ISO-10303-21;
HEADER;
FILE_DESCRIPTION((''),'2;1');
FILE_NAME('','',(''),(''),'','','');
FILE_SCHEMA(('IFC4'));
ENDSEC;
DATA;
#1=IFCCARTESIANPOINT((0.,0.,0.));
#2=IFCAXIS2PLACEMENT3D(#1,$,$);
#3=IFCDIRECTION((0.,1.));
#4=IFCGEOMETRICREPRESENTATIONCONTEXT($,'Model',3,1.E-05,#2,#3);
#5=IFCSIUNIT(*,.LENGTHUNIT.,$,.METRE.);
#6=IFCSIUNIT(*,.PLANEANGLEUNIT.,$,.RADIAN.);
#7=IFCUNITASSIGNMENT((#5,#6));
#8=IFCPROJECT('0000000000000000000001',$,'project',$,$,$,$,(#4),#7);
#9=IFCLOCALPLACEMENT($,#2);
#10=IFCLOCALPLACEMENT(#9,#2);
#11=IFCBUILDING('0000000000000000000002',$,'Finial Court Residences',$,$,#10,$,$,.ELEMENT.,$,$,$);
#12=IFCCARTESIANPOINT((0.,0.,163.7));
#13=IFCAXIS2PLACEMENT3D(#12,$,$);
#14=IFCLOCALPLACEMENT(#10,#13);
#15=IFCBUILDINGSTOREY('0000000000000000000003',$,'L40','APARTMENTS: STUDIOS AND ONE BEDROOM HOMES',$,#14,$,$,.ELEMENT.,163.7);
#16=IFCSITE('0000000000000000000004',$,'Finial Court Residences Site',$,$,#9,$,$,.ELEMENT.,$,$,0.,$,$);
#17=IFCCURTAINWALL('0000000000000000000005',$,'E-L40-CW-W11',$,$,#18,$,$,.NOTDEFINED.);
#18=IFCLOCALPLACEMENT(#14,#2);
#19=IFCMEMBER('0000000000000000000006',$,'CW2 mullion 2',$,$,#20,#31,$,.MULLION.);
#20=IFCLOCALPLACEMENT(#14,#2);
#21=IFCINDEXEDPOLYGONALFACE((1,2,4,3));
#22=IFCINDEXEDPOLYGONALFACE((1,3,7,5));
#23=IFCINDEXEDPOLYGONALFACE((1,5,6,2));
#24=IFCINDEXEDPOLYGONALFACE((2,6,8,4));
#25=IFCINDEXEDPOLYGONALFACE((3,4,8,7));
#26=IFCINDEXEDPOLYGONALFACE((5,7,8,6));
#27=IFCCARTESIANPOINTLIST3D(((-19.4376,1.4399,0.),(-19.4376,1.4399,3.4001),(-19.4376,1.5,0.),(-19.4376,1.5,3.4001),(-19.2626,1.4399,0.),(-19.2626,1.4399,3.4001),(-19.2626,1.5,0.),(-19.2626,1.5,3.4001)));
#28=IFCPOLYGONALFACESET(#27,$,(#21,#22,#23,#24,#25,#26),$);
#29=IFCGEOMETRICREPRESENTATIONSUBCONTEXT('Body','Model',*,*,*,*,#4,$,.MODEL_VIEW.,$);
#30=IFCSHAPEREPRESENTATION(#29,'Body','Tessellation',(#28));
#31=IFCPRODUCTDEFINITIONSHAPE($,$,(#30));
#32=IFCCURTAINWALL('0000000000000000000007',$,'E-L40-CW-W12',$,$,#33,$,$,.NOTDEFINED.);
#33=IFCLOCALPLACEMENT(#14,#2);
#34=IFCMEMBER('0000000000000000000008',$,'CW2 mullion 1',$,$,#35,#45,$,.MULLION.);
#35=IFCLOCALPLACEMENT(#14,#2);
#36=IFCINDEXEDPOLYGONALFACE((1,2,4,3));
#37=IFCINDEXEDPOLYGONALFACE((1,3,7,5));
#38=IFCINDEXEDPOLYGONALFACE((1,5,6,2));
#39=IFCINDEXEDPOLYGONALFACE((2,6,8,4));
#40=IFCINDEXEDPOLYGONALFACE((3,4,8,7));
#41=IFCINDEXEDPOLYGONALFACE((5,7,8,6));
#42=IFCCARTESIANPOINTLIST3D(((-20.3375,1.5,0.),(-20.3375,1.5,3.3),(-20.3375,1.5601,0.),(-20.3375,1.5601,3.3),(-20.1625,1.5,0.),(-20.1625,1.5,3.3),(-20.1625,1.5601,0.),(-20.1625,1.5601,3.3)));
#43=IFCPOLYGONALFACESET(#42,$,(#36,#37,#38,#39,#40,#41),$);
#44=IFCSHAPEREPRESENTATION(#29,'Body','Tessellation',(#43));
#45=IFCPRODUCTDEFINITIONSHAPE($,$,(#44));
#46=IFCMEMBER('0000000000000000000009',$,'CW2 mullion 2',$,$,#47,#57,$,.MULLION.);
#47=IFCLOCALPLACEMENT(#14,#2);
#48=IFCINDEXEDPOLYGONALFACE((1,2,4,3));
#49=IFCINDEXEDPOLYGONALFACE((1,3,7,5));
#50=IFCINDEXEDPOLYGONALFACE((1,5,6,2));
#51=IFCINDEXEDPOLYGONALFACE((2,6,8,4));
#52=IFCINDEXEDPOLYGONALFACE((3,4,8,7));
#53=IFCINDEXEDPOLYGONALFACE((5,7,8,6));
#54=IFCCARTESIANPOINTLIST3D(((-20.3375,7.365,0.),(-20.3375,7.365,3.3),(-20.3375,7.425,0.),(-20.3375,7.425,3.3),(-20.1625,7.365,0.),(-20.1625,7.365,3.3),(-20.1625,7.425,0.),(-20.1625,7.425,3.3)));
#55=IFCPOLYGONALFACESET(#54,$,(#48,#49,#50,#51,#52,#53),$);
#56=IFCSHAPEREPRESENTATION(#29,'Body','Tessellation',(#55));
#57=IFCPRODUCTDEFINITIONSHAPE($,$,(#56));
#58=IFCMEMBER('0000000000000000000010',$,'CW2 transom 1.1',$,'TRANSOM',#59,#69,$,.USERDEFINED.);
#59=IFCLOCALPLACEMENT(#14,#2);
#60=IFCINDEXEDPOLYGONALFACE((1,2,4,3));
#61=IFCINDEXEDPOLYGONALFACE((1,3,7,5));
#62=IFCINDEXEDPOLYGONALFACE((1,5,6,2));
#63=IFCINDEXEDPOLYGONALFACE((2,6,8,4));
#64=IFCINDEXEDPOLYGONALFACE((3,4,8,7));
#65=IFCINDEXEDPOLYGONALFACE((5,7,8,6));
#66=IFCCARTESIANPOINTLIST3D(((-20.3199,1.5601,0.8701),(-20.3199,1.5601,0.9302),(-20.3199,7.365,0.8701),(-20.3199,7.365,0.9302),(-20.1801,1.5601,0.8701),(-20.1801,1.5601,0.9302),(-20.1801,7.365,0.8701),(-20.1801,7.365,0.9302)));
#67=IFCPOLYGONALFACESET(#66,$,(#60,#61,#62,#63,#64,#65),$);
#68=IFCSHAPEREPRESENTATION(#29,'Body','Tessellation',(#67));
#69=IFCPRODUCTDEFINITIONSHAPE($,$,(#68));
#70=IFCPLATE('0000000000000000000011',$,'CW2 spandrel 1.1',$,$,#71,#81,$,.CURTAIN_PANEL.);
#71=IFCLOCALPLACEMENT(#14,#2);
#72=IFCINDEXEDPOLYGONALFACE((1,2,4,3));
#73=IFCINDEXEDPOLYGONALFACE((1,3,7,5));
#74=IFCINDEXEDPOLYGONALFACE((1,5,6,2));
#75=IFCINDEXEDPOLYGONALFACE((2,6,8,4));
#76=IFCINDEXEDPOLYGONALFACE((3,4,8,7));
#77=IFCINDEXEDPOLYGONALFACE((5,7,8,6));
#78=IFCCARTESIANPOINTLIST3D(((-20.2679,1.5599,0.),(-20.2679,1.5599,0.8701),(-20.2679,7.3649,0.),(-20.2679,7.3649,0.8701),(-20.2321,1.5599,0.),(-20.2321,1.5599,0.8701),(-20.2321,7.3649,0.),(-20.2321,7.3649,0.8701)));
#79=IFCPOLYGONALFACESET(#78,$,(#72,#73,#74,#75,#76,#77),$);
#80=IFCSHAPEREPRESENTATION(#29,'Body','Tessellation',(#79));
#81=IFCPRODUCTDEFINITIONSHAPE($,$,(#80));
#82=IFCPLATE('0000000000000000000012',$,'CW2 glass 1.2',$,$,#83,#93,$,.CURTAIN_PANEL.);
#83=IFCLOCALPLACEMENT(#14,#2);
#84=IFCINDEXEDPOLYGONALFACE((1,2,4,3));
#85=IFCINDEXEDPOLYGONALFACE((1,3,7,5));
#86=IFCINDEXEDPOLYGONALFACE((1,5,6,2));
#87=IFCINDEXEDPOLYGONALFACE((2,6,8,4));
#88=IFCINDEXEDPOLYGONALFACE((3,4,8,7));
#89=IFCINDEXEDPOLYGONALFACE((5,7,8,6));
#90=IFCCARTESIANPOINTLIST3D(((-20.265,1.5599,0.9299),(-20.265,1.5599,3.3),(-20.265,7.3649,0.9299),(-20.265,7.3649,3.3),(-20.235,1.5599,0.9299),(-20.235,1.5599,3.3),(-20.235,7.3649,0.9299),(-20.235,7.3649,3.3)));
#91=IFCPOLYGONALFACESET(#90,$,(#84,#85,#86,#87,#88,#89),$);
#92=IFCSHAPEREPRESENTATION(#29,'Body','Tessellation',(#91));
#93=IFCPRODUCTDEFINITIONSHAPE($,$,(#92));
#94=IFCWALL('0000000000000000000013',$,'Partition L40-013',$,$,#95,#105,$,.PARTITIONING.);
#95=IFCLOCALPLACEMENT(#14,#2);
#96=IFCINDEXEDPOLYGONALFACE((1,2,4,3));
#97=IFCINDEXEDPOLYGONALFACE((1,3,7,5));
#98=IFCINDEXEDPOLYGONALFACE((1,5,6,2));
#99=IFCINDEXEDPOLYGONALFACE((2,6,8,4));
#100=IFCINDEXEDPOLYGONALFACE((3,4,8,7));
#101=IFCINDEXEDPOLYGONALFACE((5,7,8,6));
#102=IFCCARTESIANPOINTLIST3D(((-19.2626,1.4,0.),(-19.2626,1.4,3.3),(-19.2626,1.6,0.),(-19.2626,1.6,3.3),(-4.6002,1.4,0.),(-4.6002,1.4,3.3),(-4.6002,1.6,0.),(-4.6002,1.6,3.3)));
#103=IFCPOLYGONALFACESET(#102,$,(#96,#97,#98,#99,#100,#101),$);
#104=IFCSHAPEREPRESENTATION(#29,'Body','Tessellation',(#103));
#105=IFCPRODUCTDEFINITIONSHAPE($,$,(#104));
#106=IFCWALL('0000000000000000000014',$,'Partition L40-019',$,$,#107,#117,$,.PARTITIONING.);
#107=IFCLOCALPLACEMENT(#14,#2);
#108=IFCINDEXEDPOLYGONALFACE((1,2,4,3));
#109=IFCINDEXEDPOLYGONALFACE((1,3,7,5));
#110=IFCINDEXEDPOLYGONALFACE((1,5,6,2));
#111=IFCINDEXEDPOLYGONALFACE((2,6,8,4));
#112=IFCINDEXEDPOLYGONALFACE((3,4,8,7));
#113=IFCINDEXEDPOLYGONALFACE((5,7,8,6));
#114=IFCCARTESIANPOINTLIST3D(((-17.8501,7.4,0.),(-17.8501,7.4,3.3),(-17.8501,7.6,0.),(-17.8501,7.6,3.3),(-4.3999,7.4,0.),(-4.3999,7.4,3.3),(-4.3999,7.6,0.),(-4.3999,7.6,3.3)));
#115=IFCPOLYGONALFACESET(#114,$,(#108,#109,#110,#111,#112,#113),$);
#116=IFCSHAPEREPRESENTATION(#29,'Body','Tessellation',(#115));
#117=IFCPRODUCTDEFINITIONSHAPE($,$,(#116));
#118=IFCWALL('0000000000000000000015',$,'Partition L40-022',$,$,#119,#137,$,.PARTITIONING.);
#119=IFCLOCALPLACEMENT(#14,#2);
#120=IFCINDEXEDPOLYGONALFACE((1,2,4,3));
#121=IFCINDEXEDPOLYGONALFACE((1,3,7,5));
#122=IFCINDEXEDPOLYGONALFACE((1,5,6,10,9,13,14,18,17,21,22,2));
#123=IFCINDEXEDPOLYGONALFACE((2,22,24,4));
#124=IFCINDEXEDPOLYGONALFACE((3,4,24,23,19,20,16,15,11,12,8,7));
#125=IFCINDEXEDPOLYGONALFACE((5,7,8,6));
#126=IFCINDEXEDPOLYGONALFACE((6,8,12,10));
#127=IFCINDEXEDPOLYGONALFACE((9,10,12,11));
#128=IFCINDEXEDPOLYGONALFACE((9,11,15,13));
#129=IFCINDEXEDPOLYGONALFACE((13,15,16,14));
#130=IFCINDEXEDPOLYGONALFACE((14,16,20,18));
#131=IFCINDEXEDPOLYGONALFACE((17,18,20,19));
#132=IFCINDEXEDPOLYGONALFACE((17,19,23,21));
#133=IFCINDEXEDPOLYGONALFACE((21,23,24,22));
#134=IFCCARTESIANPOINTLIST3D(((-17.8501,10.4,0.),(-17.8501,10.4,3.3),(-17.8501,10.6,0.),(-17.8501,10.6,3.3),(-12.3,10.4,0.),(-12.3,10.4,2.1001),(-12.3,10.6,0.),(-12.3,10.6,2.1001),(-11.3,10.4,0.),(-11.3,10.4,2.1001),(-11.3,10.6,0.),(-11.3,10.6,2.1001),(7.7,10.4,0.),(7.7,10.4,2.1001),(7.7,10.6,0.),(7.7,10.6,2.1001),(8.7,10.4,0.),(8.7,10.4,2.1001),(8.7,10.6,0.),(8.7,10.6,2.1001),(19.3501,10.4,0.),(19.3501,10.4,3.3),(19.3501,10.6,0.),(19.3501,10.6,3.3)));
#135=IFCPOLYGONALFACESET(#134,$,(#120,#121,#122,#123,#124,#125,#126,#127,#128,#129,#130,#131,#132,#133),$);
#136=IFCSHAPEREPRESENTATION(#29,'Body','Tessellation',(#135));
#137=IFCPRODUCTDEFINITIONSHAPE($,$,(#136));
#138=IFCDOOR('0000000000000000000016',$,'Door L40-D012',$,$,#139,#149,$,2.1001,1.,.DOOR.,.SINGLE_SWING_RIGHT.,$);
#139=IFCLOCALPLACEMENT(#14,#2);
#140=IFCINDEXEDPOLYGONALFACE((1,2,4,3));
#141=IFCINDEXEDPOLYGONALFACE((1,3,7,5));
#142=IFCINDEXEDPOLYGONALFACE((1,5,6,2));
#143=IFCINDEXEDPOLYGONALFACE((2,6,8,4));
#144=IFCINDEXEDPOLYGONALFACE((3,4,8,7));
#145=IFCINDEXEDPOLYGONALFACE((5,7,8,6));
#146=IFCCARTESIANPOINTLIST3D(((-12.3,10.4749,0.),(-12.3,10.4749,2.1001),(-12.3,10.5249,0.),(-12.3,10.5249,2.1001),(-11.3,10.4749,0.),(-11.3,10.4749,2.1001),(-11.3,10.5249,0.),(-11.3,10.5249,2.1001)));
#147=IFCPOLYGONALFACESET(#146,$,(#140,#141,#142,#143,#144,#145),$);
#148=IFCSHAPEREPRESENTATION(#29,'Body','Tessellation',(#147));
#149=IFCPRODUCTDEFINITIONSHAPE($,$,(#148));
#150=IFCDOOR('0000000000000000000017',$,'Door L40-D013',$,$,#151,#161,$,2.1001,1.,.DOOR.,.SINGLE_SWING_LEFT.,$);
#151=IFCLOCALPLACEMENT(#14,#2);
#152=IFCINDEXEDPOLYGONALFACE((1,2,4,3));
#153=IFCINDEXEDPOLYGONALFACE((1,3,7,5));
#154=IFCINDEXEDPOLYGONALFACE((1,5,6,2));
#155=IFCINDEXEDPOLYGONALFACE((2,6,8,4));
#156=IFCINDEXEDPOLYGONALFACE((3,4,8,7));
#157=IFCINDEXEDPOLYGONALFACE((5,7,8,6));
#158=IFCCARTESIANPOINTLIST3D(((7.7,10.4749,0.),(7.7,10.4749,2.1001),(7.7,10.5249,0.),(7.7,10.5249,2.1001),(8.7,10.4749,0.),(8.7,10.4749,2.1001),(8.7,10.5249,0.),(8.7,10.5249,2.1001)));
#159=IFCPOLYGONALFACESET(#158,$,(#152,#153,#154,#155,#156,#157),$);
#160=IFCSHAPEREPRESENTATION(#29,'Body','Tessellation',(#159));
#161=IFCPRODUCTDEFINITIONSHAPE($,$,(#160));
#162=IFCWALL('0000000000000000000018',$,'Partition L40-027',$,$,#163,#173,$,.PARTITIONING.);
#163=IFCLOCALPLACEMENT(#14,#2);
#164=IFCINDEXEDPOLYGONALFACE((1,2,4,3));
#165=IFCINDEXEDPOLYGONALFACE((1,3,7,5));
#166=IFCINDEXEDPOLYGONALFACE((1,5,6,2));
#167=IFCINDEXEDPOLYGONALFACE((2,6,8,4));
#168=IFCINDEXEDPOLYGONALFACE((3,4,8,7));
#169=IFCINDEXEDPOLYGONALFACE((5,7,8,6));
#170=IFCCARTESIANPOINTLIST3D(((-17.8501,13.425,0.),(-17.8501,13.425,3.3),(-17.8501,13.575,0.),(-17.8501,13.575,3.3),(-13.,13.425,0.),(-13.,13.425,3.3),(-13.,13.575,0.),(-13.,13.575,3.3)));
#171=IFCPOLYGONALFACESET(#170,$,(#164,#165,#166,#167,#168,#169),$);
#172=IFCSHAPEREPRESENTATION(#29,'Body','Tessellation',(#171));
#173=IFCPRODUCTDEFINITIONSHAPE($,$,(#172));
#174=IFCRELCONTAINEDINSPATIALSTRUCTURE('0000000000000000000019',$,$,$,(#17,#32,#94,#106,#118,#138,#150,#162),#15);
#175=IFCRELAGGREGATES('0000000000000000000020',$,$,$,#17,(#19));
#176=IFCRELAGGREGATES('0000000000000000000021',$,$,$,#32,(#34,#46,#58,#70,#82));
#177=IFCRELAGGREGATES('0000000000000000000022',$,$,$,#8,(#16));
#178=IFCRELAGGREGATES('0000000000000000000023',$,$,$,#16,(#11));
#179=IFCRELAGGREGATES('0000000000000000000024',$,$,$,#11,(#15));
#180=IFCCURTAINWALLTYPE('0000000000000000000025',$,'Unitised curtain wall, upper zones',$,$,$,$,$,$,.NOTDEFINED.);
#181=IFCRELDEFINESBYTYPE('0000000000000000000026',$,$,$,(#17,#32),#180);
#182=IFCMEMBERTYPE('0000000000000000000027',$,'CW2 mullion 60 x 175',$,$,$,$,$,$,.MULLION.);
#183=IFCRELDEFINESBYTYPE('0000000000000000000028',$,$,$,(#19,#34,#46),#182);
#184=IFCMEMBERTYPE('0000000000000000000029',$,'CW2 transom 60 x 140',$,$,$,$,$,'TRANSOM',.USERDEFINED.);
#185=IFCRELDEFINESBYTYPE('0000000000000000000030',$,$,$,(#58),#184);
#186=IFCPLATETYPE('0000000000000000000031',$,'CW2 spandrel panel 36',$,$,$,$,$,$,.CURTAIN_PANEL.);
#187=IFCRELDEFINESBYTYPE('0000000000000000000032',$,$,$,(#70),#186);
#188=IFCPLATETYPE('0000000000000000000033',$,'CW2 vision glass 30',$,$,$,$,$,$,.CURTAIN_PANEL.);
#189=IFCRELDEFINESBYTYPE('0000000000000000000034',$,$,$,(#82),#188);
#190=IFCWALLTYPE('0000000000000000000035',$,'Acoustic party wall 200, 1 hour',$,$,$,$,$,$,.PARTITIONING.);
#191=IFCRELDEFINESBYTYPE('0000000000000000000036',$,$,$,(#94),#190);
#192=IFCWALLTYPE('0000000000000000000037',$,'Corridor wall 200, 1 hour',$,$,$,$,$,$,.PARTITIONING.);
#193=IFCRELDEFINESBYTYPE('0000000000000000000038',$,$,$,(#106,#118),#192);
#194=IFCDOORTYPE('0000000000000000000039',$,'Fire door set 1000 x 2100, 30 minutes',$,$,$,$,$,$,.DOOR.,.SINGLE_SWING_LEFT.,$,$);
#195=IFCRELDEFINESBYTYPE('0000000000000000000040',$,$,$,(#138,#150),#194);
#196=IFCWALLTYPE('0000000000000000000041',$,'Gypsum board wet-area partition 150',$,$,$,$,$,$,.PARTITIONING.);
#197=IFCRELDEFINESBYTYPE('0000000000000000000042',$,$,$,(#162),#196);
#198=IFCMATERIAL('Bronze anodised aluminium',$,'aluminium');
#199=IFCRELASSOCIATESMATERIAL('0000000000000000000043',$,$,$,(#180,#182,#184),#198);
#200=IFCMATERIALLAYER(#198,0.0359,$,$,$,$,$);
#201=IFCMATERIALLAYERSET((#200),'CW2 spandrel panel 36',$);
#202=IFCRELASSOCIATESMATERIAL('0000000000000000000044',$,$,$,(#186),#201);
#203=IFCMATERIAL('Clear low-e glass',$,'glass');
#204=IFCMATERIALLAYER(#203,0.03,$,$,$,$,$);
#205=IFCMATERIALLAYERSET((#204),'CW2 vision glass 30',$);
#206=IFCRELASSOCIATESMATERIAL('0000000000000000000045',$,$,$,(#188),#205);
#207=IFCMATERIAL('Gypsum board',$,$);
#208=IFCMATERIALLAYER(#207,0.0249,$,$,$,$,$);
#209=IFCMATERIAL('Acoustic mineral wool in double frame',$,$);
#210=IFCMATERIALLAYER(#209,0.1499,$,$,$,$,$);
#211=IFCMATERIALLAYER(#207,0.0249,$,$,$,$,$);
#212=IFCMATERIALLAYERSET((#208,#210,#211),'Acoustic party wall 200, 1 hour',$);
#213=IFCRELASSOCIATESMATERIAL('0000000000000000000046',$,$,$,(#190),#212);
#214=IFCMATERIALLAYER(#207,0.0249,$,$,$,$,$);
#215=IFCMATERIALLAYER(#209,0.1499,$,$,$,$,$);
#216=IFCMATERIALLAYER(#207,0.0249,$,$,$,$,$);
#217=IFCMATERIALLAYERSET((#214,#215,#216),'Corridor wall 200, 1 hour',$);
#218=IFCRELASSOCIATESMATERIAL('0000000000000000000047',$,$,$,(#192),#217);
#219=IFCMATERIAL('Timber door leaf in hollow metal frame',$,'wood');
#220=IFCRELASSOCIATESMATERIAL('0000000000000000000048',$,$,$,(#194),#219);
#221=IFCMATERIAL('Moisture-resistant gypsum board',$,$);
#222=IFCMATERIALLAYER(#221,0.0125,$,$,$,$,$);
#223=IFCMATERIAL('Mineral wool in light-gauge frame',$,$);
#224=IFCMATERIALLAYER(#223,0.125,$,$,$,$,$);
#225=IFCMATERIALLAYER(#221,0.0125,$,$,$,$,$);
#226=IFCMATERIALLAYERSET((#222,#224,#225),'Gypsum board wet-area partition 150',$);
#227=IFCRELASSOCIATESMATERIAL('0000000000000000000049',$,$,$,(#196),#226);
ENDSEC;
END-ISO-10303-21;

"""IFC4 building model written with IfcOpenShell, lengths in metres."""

from ifc_helpers import new_model, si_unit, direction, frame, frame_2d, origin, origin_2d, place, context, subcontext, project, spatial, rectangle, extrude, material, layer, layer_set, material_profile, profile_set, type_object, element, fill, aggregate, save


model = new_model("IFC4")

# Units and contexts
model_context = context("Model", 3, precision=1e-05, world=origin(), true_north=direction((0.0, 1.0)))
body_context = subcontext(model_context, "Body", "Model", "MODEL_VIEW")
ifc_project = project(units=[si_unit("LENGTHUNIT", "METRE"), si_unit("PLANEANGLEUNIT", "RADIAN")], contexts=[model_context])

# Site, building, storey
site_placement = place(None, origin())
site = spatial("IfcSite", under=ifc_project, at=site_placement, Name="Finial Court Residences Site", CompositionType="ELEMENT", RefElevation=0.0)
building_placement = place(site_placement, origin())
building = spatial("IfcBuilding", under=site, at=building_placement, Name="Finial Court Residences", CompositionType="ELEMENT")
storey_placement = place(building_placement, frame((0.0, 0.0, 163.7)))
storey = spatial("IfcBuildingStorey", under=building, at=storey_placement, Name="L40", Description="APARTMENTS: STUDIOS AND ONE BEDROOM HOMES", CompositionType="ELEMENT", Elevation=163.7)

# Curtain wall, member
ifc_material_1 = material(Name="Bronze anodised aluminium", Category="aluminium")
curtain_wall_type = type_object("IfcCurtainWallType", Name="Unitised curtain wall, upper zones", PredefinedType="NOTDEFINED", material=ifc_material_1)
curtain_wall_1_placement = place(storey_placement, origin())
curtain_wall_1 = element("IfcCurtainWall", 1, at=curtain_wall_1_placement, inside=storey, type_object=curtain_wall_type, Name="E-L40-CW-W11", PredefinedType="NOTDEFINED")
ifc_material_profile_1 = material_profile(ifc_material_1, rectangle(XDim=0.175, YDim=0.0601, at=origin_2d()), Name="CW2 mullion 60 x 175")
ifc_profile_set_1 = profile_set([ifc_material_profile_1], Name="Bronze anodised aluminium")
member_type_1 = type_object("IfcMemberType", Name="CW2 mullion 60 x 175", PredefinedType="MULLION", material=ifc_profile_set_1)
member_1_placement = place(storey_placement, frame((-19.3501, 1.47, 0.0), z_axis=(0.0, 0.0, 1.0), x_axis=(-1.0, 0.0, 0.0)))
member_1 = element("IfcMember", 2, at=member_1_placement, type_object=member_type_1, Name="CW2 mullion 2", PredefinedType="MULLION", context=body_context, shape_type="SweptSolid", body=[
    extrude(rectangle(XDim=0.175, YDim=0.0601, at=origin_2d()), origin(), (0.0, 0.0, 1.0), 3.4001),
])
aggregate(curtain_wall_1, [member_1])

# Curtain wall, members, plates
curtain_wall_2_placement = place(storey_placement, origin())
curtain_wall_2 = element("IfcCurtainWall", 3, at=curtain_wall_2_placement, inside=storey, type_object=curtain_wall_type, Name="E-L40-CW-W12", PredefinedType="NOTDEFINED")
member_2_placement = place(storey_placement, frame((-20.25, 1.53, 0.0), z_axis=(0.0, 0.0, 1.0), x_axis=(-1.0, 0.0, 0.0)))
member_2 = element("IfcMember", 4, at=member_2_placement, type_object=member_type_1, Name="CW2 mullion 1", PredefinedType="MULLION", context=body_context, shape_type="SweptSolid", body=[
    extrude(rectangle(XDim=0.175, YDim=0.0601, at=origin_2d()), origin(), (0.0, 0.0, 1.0), 3.3),
])
member_3_placement = place(storey_placement, frame((-20.25, 7.395, 0.0), z_axis=(0.0, 0.0, 1.0), x_axis=(-1.0, 0.0, 0.0)))
member_3 = element("IfcMember", 5, at=member_3_placement, type_object=member_type_1, Name="CW2 mullion 2", PredefinedType="MULLION", context=body_context, shape_type="SweptSolid", body=[
    extrude(rectangle(XDim=0.175, YDim=0.0601, at=origin_2d()), origin(), (0.0, 0.0, 1.0), 3.3),
])
ifc_material_profile_2 = material_profile(ifc_material_1, rectangle(XDim=0.1399, YDim=0.0601, at=origin_2d()), Name="CW2 transom 60 x 140")
ifc_profile_set_2 = profile_set([ifc_material_profile_2], Name="Bronze anodised aluminium")
member_type_2 = type_object("IfcMemberType", Name="CW2 transom 60 x 140", ElementType="TRANSOM", PredefinedType="USERDEFINED", material=ifc_profile_set_2)
member_4_placement = place(storey_placement, frame((-20.25, 1.5601, 0.9001), z_axis=(0.0, 1.0, 0.0), x_axis=(-1.0, 0.0, 0.0)))
member_4 = element("IfcMember", 6, at=member_4_placement, type_object=member_type_2, Name="CW2 transom 1.1", ObjectType="TRANSOM", PredefinedType="USERDEFINED", context=body_context, shape_type="SweptSolid", body=[
    extrude(rectangle(XDim=0.1399, YDim=0.0601, at=origin_2d()), origin(), (0.0, 0.0, 1.0), 5.8049),
])
ifc_layer_1 = layer(ifc_material_1, 0.0359)
ifc_layer_set_1 = layer_set([ifc_layer_1], Name="CW2 spandrel panel 36")
plate_type_1 = type_object("IfcPlateType", Name="CW2 spandrel panel 36", PredefinedType="CURTAIN_PANEL", material=ifc_layer_set_1)
plate_1_placement = place(storey_placement, frame((-20.25, 4.4624, 0.0), z_axis=(0.0, 0.0, 1.0), x_axis=(0.0, 1.0, 0.0)))
plate_1 = element("IfcPlate", 7, at=plate_1_placement, type_object=plate_type_1, Name="CW2 spandrel 1.1", PredefinedType="CURTAIN_PANEL", context=body_context, shape_type="SweptSolid", body=[
    extrude(rectangle(XDim=5.8049, YDim=0.0359, at=origin_2d()), origin(), (0.0, 0.0, 1.0), 0.8701),
])
ifc_material_2 = material(Name="Clear low-e glass", Category="glass")
ifc_layer_2 = layer(ifc_material_2, 0.03)
ifc_layer_set_2 = layer_set([ifc_layer_2], Name="CW2 vision glass 30")
plate_type_2 = type_object("IfcPlateType", Name="CW2 vision glass 30", PredefinedType="CURTAIN_PANEL", material=ifc_layer_set_2)
plate_2_placement = place(storey_placement, frame((-20.25, 4.4624, 0.9299), z_axis=(0.0, 0.0, 1.0), x_axis=(0.0, 1.0, 0.0)))
plate_2 = element("IfcPlate", 8, at=plate_2_placement, type_object=plate_type_2, Name="CW2 glass 1.2", PredefinedType="CURTAIN_PANEL", context=body_context, shape_type="SweptSolid", body=[
    extrude(rectangle(XDim=5.8049, YDim=0.03, at=origin_2d()), origin(), (0.0, 0.0, 1.0), 2.3701),
])
aggregate(curtain_wall_2, [member_2, member_3, member_4, plate_1, plate_2])

# Walls
ifc_material_3 = material(Name="Gypsum board")
ifc_layer_3 = layer(ifc_material_3, 0.0249)
ifc_material_4 = material(Name="Acoustic mineral wool in double frame")
ifc_layer_4 = layer(ifc_material_4, 0.1499)
ifc_layer_5 = layer(ifc_material_3, 0.0249)
ifc_layer_set_3 = layer_set([ifc_layer_3, ifc_layer_4, ifc_layer_5], Name="Acoustic party wall 200, 1 hour")
wall_type_1 = type_object("IfcWallType", Name="Acoustic party wall 200, 1 hour", PredefinedType="PARTITIONING", material=ifc_layer_set_3)
wall_1_placement = place(storey_placement, frame((-19.2625, 1.5, 0.0), z_axis=(0.0, 0.0, 1.0), x_axis=(1.0, 0.0, 0.0)))
element("IfcWall", 9, at=wall_1_placement, inside=storey, type_object=wall_type_1, Name="Partition L40-013", PredefinedType="PARTITIONING", context=body_context, shape_type="SweptSolid", body=[
    extrude(rectangle(XDim=14.6624, YDim=0.2, at=frame_2d((7.3311, 0.0))), origin(), (0.0, 0.0, 1.0), 3.3),
])
ifc_layer_6 = layer(ifc_material_3, 0.0249)
ifc_layer_7 = layer(ifc_material_4, 0.1499)
ifc_layer_8 = layer(ifc_material_3, 0.0249)
ifc_layer_set_4 = layer_set([ifc_layer_6, ifc_layer_7, ifc_layer_8], Name="Corridor wall 200, 1 hour")
wall_type_2 = type_object("IfcWallType", Name="Corridor wall 200, 1 hour", PredefinedType="PARTITIONING", material=ifc_layer_set_4)
wall_2_placement = place(storey_placement, frame((-17.8501, 7.5, 0.0), z_axis=(0.0, 0.0, 1.0), x_axis=(1.0, 0.0, 0.0)))
element("IfcWall", 10, at=wall_2_placement, inside=storey, type_object=wall_type_2, Name="Partition L40-019", PredefinedType="PARTITIONING", context=body_context, shape_type="SweptSolid", body=[
    extrude(rectangle(XDim=13.4502, YDim=0.2, at=frame_2d((6.7251, 0.0))), origin(), (0.0, 0.0, 1.0), 3.3),
])

# Wall, openings, doors
wall_3_placement = place(storey_placement, frame((-17.8501, 10.5, 0.0), z_axis=(0.0, 0.0, 1.0), x_axis=(1.0, 0.0, 0.0)))
wall_3 = element("IfcWall", 11, at=wall_3_placement, inside=storey, type_object=wall_type_2, Name="Partition L40-022", PredefinedType="PARTITIONING", context=body_context, shape_type="SweptSolid", body=[
    extrude(rectangle(XDim=37.2002, YDim=0.2, at=frame_2d((18.6001, 0.0))), origin(), (0.0, 0.0, 1.0), 3.3),
])
opening_1_placement = place(wall_3_placement, frame((5.55, 0.0, 0.0)))
opening_1 = element("IfcOpeningElement", 12, at=opening_1_placement, cuts=wall_3, PredefinedType="OPENING", context=body_context, shape_type="SweptSolid", body=[
    extrude(rectangle(XDim=1.0, YDim=2.1001, at=frame_2d((0.5, 1.05))), frame((0.0, 0.1099, 0.0), z_axis=(0.0, -1.0, 0.0), x_axis=(1.0, 0.0, 0.0)), (0.0, 0.0, 1.0), 0.22),
])
opening_2_placement = place(wall_3_placement, frame((25.55, 0.0, 0.0)))
opening_2 = element("IfcOpeningElement", 13, at=opening_2_placement, cuts=wall_3, PredefinedType="OPENING", context=body_context, shape_type="SweptSolid", body=[
    extrude(rectangle(XDim=1.0, YDim=2.1001, at=frame_2d((0.5, 1.05))), frame((0.0, 0.1099, 0.0), z_axis=(0.0, -1.0, 0.0), x_axis=(1.0, 0.0, 0.0)), (0.0, 0.0, 1.0), 0.22),
])
ifc_material_5 = material(Name="Timber door leaf in hollow metal frame", Category="wood")
door_type_1 = type_object("IfcDoorType", Name="Fire door set 1000 x 2100, 30 minutes", OperationType="SINGLE_SWING_LEFT", PredefinedType="DOOR", material=ifc_material_5)
door_1_placement = place(opening_1_placement, origin())
door_1 = element("IfcDoor", 14, at=door_1_placement, inside=storey, type_object=door_type_1, Name="Door L40-D012", OperationType="SINGLE_SWING_RIGHT", OverallHeight=2.1001, OverallWidth=1.0, PredefinedType="DOOR", context=body_context, shape_type="SweptSolid", body=[
    extrude(rectangle(XDim=1.0, YDim=2.1001, at=frame_2d((0.5, 1.05))), frame((0.0, 0.0249, 0.0), z_axis=(0.0, -1.0, 0.0), x_axis=(1.0, 0.0, 0.0)), (0.0, 0.0, 1.0), 0.05),
])
fill(opening_1, door_1)
door_2_placement = place(opening_2_placement, origin())
door_2 = element("IfcDoor", 15, at=door_2_placement, inside=storey, type_object=door_type_1, Name="Door L40-D013", OperationType="SINGLE_SWING_LEFT", OverallHeight=2.1001, OverallWidth=1.0, PredefinedType="DOOR", context=body_context, shape_type="SweptSolid", body=[
    extrude(rectangle(XDim=1.0, YDim=2.1001, at=frame_2d((0.5, 1.05))), frame((0.0, 0.0249, 0.0), z_axis=(0.0, -1.0, 0.0), x_axis=(1.0, 0.0, 0.0)), (0.0, 0.0, 1.0), 0.05),
])
fill(opening_2, door_2)

# Wall
ifc_material_6 = material(Name="Moisture-resistant gypsum board")
ifc_layer_9 = layer(ifc_material_6, 0.0125)
ifc_material_7 = material(Name="Mineral wool in light-gauge frame")
ifc_layer_10 = layer(ifc_material_7, 0.125)
ifc_layer_11 = layer(ifc_material_6, 0.0125)
ifc_layer_set_5 = layer_set([ifc_layer_9, ifc_layer_10, ifc_layer_11], Name="Gypsum board wet-area partition 150")
wall_type_3 = type_object("IfcWallType", Name="Gypsum board wet-area partition 150", PredefinedType="PARTITIONING", material=ifc_layer_set_5)
wall_4_placement = place(storey_placement, frame((-17.8501, 13.5, 0.0), z_axis=(0.0, 0.0, 1.0), x_axis=(1.0, 0.0, 0.0)))
element("IfcWall", 16, at=wall_4_placement, inside=storey, type_object=wall_type_3, Name="Partition L40-027", PredefinedType="PARTITIONING", context=body_context, shape_type="SweptSolid", body=[
    extrude(rectangle(XDim=4.8501, YDim=0.1499, at=frame_2d((2.425, 0.0))), origin(), (0.0, 0.0, 1.0), 3.3),
])

save(model, "model.ifc")
